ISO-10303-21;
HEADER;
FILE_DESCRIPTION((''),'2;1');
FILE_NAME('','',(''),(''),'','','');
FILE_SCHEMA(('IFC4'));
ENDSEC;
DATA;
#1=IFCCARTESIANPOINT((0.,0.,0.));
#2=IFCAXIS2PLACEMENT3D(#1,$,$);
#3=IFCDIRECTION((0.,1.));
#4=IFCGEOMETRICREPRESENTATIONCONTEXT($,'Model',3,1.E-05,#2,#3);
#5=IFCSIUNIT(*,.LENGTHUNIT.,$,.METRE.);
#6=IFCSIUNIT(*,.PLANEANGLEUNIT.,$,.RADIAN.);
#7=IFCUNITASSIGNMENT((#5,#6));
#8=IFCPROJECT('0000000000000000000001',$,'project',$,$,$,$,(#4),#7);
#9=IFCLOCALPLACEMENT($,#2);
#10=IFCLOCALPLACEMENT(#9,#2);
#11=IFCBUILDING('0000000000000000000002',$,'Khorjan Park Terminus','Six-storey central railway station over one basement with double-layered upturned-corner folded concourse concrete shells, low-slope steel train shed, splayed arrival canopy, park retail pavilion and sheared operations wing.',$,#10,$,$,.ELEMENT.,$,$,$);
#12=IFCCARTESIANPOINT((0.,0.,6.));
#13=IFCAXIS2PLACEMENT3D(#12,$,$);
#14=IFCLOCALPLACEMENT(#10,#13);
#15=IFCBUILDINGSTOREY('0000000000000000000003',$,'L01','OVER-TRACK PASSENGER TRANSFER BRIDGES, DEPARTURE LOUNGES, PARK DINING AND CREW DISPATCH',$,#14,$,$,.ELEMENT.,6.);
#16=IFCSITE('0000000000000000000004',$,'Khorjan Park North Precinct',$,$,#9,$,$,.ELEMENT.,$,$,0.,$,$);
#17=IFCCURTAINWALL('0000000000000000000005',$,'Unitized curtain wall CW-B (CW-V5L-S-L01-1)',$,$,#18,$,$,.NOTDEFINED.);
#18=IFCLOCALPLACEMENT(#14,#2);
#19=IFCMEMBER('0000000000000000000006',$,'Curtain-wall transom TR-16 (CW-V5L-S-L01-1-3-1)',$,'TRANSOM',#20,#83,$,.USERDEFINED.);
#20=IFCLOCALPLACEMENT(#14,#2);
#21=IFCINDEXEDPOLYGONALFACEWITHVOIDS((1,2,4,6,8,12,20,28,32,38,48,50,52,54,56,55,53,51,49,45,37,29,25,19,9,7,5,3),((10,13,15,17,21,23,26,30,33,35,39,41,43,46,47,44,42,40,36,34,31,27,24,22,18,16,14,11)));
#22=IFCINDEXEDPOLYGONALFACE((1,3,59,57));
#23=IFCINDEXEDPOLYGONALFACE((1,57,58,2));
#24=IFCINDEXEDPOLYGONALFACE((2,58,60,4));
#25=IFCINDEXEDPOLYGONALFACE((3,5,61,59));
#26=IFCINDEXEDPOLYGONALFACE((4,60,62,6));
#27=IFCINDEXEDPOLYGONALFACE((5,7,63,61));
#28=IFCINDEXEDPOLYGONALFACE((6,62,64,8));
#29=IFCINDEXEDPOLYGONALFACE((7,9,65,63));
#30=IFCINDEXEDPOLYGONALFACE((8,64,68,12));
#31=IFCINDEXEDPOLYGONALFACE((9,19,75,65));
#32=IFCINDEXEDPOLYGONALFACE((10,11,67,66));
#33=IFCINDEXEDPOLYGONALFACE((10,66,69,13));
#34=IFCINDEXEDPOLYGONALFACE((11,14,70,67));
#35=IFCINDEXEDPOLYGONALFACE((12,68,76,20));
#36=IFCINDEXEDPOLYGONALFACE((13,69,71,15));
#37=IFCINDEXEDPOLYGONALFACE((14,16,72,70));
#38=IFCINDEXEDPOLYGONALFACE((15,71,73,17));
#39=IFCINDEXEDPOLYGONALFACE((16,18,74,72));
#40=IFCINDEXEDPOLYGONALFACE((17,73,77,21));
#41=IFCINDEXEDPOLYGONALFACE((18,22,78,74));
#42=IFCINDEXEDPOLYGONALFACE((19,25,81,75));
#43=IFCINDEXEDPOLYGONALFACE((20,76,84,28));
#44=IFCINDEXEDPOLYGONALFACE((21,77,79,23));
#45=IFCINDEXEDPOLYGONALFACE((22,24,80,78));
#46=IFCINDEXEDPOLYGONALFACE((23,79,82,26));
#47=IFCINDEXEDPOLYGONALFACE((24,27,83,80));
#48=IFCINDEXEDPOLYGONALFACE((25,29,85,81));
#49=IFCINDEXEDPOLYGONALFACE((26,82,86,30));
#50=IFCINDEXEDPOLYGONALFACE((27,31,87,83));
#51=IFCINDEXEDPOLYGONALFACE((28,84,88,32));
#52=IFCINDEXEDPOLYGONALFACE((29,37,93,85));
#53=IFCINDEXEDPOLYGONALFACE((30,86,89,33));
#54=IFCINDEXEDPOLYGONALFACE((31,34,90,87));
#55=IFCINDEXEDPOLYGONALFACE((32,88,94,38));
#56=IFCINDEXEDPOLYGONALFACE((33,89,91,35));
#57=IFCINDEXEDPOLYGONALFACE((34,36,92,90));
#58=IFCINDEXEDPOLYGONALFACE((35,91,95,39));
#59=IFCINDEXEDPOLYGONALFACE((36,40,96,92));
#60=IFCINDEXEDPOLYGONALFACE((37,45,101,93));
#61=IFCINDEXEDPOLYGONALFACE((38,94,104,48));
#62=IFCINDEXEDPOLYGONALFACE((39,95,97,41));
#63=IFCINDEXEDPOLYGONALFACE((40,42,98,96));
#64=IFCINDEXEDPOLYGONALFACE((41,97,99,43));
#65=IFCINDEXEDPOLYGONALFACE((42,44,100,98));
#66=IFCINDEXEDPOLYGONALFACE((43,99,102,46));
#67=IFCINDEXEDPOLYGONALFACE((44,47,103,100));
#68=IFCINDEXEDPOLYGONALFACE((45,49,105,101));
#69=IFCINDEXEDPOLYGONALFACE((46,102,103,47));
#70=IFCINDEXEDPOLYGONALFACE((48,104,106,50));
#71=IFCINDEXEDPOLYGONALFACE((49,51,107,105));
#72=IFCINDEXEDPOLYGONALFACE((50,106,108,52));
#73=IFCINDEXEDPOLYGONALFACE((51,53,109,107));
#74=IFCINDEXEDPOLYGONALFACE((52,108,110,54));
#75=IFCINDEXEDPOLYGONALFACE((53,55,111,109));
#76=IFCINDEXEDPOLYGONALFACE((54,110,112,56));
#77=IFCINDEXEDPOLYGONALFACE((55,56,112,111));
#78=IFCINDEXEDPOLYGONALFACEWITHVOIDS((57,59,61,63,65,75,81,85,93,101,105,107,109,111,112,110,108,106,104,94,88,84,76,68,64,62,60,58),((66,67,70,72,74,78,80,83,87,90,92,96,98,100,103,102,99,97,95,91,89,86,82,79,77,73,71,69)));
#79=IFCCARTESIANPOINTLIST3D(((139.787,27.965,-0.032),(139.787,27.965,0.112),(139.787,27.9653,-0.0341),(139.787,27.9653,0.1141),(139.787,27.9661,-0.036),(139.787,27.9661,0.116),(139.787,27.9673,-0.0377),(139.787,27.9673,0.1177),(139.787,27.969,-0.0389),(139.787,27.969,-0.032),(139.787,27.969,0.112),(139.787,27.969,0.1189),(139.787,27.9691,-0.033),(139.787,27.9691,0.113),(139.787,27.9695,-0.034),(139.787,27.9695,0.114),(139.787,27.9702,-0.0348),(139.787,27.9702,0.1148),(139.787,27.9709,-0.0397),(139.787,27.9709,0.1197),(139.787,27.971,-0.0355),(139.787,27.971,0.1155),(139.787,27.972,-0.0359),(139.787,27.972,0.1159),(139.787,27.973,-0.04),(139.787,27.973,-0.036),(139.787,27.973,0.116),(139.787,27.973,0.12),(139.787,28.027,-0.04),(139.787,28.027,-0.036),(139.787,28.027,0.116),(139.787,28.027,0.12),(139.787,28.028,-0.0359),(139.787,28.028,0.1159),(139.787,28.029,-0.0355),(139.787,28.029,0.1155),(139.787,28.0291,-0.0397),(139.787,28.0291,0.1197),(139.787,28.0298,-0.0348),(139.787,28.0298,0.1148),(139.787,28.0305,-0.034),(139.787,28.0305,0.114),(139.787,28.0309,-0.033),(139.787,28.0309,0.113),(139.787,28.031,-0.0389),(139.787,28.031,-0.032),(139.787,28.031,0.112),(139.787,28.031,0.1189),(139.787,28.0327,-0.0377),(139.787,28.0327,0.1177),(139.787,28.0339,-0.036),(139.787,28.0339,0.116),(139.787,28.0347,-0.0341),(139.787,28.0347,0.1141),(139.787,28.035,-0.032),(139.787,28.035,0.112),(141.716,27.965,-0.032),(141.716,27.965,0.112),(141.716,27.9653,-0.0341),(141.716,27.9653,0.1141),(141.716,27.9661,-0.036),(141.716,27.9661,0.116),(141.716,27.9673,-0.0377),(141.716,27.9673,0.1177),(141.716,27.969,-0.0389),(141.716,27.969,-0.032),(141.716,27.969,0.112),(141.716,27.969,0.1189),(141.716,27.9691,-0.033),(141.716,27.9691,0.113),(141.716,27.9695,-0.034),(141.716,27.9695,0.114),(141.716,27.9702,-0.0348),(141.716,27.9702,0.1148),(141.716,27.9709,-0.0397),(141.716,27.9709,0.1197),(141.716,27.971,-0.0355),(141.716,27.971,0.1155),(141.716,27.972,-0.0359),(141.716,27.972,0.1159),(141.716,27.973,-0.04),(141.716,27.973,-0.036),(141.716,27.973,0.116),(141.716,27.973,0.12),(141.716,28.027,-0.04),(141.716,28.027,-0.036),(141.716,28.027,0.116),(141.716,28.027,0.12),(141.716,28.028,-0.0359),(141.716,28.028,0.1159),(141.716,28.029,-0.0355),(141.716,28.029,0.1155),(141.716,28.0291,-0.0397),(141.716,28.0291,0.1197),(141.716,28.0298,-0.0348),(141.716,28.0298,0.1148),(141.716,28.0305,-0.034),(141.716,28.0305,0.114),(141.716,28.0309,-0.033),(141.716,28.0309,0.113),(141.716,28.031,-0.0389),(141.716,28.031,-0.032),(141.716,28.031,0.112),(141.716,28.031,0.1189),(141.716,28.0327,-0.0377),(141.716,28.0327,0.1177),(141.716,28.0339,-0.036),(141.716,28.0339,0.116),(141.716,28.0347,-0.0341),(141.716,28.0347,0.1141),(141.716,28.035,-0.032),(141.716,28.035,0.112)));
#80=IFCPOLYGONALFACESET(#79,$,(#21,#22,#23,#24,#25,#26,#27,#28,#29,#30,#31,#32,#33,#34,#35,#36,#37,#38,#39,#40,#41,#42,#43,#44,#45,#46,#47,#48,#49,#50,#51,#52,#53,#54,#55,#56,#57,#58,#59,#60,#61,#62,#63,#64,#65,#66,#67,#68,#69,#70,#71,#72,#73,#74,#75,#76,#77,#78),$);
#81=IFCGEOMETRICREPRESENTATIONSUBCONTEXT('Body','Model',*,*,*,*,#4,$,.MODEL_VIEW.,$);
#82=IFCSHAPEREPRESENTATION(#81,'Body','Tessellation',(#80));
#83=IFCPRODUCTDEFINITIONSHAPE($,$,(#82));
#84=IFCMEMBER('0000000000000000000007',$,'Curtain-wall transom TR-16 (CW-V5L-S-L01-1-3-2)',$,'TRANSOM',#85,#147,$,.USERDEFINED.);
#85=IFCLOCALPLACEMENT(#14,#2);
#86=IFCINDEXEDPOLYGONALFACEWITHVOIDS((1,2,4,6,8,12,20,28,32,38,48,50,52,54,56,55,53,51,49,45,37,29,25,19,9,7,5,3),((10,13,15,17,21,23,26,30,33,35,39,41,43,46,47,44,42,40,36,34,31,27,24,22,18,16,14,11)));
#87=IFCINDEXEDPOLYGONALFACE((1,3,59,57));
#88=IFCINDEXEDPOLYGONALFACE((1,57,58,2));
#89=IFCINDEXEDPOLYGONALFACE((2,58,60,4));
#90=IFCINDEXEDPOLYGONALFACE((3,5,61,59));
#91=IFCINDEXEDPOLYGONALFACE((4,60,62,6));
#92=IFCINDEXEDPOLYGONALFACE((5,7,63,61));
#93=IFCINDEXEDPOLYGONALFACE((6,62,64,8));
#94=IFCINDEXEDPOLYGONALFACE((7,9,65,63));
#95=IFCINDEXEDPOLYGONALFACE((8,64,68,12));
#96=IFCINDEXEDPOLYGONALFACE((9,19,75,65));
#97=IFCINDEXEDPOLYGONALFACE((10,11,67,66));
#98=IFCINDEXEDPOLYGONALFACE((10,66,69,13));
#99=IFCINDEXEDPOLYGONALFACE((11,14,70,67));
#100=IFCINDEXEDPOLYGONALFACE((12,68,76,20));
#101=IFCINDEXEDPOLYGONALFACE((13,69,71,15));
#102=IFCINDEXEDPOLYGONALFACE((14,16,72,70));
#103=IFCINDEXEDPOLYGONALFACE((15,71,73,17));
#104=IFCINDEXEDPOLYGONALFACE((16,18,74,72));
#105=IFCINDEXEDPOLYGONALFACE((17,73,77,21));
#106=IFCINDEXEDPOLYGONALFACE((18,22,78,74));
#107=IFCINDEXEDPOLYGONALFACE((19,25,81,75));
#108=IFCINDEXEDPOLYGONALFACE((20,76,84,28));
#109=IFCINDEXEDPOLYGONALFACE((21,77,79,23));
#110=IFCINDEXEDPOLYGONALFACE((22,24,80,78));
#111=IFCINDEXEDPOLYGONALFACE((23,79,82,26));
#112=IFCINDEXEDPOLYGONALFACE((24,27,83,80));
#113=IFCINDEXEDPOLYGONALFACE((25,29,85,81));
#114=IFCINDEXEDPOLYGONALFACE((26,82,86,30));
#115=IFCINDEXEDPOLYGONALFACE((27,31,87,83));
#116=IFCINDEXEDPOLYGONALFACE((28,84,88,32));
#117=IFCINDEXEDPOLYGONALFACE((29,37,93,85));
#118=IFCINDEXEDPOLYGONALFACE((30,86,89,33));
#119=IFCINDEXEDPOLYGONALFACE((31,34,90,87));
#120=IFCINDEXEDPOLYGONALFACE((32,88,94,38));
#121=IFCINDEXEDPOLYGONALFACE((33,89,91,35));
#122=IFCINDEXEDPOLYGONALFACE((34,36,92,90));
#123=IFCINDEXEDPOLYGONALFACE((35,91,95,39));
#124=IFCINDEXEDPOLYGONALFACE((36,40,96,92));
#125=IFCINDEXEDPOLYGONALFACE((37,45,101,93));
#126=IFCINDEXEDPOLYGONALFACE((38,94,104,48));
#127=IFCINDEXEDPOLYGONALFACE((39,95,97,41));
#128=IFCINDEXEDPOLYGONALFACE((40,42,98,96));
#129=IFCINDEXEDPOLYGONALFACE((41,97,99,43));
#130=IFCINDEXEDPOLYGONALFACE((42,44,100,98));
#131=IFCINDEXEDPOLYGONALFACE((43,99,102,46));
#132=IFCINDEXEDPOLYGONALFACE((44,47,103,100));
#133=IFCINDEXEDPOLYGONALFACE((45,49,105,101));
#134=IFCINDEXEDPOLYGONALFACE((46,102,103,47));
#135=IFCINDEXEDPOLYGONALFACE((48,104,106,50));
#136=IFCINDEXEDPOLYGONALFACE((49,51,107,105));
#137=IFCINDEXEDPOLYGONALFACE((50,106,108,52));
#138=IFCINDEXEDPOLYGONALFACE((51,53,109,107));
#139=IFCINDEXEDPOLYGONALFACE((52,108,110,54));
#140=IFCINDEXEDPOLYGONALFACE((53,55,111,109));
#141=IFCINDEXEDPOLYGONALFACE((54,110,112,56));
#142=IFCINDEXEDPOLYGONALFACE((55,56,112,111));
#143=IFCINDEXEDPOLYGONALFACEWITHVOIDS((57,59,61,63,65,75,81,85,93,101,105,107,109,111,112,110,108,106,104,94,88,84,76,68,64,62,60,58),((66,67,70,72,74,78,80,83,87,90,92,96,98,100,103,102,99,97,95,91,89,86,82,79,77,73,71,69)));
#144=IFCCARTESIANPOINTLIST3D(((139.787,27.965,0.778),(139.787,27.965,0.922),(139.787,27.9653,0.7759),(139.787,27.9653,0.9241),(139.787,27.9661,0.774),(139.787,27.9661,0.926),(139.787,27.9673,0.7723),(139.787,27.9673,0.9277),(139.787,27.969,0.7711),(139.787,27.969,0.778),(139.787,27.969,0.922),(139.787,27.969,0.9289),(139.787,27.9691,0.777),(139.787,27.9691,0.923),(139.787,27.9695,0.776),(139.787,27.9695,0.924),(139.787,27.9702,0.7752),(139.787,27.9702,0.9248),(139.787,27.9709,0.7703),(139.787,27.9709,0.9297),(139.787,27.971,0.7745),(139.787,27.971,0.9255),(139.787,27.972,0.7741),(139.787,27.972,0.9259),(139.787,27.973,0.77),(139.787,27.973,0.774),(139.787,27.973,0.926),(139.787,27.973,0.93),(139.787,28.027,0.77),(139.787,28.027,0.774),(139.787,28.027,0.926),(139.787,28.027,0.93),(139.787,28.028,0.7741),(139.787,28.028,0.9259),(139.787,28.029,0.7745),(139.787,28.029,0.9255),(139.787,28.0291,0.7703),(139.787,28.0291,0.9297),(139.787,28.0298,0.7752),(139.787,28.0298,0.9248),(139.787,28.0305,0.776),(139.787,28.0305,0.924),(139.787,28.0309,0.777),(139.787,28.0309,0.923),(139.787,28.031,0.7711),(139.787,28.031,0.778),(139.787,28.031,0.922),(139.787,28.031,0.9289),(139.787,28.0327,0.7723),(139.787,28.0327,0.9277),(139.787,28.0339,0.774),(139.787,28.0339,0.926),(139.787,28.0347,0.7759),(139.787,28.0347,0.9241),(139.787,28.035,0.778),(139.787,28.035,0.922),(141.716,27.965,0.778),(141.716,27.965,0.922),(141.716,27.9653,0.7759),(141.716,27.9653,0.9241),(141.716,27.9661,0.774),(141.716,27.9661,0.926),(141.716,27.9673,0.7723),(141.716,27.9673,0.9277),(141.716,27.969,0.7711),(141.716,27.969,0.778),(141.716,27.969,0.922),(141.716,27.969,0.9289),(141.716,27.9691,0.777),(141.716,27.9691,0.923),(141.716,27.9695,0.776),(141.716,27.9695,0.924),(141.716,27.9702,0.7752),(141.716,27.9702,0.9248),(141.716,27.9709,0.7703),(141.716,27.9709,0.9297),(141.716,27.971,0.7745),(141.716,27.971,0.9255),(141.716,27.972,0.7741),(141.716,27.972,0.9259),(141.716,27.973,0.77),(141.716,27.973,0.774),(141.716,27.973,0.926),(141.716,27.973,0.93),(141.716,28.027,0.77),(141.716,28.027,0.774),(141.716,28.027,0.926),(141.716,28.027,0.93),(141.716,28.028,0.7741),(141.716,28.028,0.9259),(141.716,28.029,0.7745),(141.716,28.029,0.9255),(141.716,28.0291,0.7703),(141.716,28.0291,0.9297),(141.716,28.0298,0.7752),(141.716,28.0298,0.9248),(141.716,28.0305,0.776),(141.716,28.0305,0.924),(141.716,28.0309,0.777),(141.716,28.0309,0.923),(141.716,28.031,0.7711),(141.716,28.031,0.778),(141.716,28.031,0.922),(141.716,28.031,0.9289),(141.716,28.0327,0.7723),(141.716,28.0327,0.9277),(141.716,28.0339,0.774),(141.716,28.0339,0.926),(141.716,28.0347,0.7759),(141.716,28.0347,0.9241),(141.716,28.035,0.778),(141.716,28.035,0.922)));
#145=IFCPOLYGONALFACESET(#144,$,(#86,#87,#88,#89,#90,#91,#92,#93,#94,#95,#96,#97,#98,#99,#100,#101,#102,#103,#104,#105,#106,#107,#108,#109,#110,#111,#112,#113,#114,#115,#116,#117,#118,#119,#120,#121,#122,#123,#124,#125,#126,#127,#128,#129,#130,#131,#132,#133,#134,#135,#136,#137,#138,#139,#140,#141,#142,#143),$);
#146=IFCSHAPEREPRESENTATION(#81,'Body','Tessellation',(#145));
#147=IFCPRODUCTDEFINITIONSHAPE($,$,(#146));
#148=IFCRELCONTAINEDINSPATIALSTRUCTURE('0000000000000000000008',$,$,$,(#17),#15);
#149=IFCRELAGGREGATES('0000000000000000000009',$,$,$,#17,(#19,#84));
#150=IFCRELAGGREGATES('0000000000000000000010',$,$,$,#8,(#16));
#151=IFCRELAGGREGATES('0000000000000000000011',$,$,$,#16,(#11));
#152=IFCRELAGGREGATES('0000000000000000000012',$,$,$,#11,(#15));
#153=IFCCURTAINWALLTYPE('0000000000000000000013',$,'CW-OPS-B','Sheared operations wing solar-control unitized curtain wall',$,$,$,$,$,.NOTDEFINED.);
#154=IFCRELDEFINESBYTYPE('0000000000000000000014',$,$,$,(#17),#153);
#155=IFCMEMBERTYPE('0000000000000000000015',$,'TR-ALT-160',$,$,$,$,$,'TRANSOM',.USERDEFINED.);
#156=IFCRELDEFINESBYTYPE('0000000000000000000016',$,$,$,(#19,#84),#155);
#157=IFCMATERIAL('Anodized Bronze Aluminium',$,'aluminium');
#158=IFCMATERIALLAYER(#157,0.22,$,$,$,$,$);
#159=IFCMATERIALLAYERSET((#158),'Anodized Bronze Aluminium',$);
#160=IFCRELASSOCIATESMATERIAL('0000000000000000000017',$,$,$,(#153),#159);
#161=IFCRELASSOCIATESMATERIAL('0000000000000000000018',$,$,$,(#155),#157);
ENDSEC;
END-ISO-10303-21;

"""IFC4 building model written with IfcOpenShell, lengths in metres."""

from ifc_helpers import new_model, si_unit, direction, frame, origin, origin_2d, place, context, subcontext, project, spatial, hollow_rectangle, extrude, material, layer, layer_set, material_profile, profile_set, type_object, element, aggregate, save


model = new_model("IFC4")

# Units and contexts
model_context = context("Model", 3, precision=1e-05, world=origin(), true_north=direction((0.0, 1.0)))
body_context = subcontext(model_context, "Body", "Model", "MODEL_VIEW")
ifc_project = project(units=[si_unit("LENGTHUNIT", "METRE"), si_unit("PLANEANGLEUNIT", "RADIAN")], contexts=[model_context])

# Site, building, storey
site_placement = place(None, origin())
site = spatial("IfcSite", under=ifc_project, at=site_placement, Name="Khorjan Park North Precinct", CompositionType="ELEMENT", RefElevation=0.0)
building_placement = place(site_placement, origin())
building = spatial("IfcBuilding", under=site, at=building_placement, Name="Khorjan Park Terminus", Description="Six-storey central railway station over one basement with double-layered upturned-corner folded concourse concrete shells, low-slope steel train shed, splayed arrival canopy, park retail pavilion and sheared operations wing.", CompositionType="ELEMENT")
storey_placement = place(building_placement, frame((0.0, 0.0, 6.0)))
storey = spatial("IfcBuildingStorey", under=building, at=storey_placement, Name="L01", Description="OVER-TRACK PASSENGER TRANSFER BRIDGES, DEPARTURE LOUNGES, PARK DINING AND CREW DISPATCH", CompositionType="ELEMENT", Elevation=6.0)

# Curtain wall
ifc_material_1 = material(Name="Anodized Bronze Aluminium", Category="aluminium")
ifc_layer_1 = layer(ifc_material_1, 0.22)
ifc_layer_set_1 = layer_set([ifc_layer_1], Name="Anodized Bronze Aluminium")
curtain_wall_type = type_object("IfcCurtainWallType", Name="CW-OPS-B", Description="Sheared operations wing solar-control unitized curtain wall", PredefinedType="NOTDEFINED", material=ifc_layer_set_1)
curtain_wall_placement = place(storey_placement, origin())
curtain_wall = element("IfcCurtainWall", 1, at=curtain_wall_placement, inside=storey, type_object=curtain_wall_type, Name="Unitized curtain wall CW-B (CW-V5L-S-L01-1)", PredefinedType="NOTDEFINED")

# Members
ifc_material_profile_1 = material_profile(ifc_material_1, hollow_rectangle(XDim=0.07, YDim=0.16, WallThickness=0.004, InnerFilletRadius=0.004, OuterFilletRadius=0.008, at=origin_2d()), Name="ALT 70x160x4")
ifc_profile_set_1 = profile_set([ifc_material_profile_1], Name="Anodized Bronze Aluminium")
member_type_1 = type_object("IfcMemberType", Name="TR-ALT-160", ElementType="TRANSOM", PredefinedType="USERDEFINED", material=ifc_profile_set_1)
member_1_placement = place(storey_placement, frame((139.787, 28.0, 0.04), z_axis=(1.0, 0.0, 0.0), x_axis=(0.0, 1.0, 0.0)))
member_1 = element("IfcMember", 2, at=member_1_placement, type_object=member_type_1, Name="Curtain-wall transom TR-16 (CW-V5L-S-L01-1-3-1)", ObjectType="TRANSOM", PredefinedType="USERDEFINED", context=body_context, shape_type="SweptSolid", body=[
    extrude(hollow_rectangle(XDim=0.07, YDim=0.16, WallThickness=0.004, InnerFilletRadius=0.004, OuterFilletRadius=0.008, at=origin_2d()), origin(), (0.0, 0.0, 1.0), 1.929),
])
member_2_placement = place(storey_placement, frame((139.787, 28.0, 0.85), z_axis=(1.0, 0.0, 0.0), x_axis=(0.0, 1.0, 0.0)))
member_2 = element("IfcMember", 3, at=member_2_placement, type_object=member_type_1, Name="Curtain-wall transom TR-16 (CW-V5L-S-L01-1-3-2)", ObjectType="TRANSOM", PredefinedType="USERDEFINED", context=body_context, shape_type="SweptSolid", body=[
    extrude(hollow_rectangle(XDim=0.07, YDim=0.16, WallThickness=0.004, InnerFilletRadius=0.004, OuterFilletRadius=0.008, at=origin_2d()), origin(), (0.0, 0.0, 1.0), 1.929),
])

aggregate(curtain_wall, [member_1, member_2])

save(model, "model.ifc")
